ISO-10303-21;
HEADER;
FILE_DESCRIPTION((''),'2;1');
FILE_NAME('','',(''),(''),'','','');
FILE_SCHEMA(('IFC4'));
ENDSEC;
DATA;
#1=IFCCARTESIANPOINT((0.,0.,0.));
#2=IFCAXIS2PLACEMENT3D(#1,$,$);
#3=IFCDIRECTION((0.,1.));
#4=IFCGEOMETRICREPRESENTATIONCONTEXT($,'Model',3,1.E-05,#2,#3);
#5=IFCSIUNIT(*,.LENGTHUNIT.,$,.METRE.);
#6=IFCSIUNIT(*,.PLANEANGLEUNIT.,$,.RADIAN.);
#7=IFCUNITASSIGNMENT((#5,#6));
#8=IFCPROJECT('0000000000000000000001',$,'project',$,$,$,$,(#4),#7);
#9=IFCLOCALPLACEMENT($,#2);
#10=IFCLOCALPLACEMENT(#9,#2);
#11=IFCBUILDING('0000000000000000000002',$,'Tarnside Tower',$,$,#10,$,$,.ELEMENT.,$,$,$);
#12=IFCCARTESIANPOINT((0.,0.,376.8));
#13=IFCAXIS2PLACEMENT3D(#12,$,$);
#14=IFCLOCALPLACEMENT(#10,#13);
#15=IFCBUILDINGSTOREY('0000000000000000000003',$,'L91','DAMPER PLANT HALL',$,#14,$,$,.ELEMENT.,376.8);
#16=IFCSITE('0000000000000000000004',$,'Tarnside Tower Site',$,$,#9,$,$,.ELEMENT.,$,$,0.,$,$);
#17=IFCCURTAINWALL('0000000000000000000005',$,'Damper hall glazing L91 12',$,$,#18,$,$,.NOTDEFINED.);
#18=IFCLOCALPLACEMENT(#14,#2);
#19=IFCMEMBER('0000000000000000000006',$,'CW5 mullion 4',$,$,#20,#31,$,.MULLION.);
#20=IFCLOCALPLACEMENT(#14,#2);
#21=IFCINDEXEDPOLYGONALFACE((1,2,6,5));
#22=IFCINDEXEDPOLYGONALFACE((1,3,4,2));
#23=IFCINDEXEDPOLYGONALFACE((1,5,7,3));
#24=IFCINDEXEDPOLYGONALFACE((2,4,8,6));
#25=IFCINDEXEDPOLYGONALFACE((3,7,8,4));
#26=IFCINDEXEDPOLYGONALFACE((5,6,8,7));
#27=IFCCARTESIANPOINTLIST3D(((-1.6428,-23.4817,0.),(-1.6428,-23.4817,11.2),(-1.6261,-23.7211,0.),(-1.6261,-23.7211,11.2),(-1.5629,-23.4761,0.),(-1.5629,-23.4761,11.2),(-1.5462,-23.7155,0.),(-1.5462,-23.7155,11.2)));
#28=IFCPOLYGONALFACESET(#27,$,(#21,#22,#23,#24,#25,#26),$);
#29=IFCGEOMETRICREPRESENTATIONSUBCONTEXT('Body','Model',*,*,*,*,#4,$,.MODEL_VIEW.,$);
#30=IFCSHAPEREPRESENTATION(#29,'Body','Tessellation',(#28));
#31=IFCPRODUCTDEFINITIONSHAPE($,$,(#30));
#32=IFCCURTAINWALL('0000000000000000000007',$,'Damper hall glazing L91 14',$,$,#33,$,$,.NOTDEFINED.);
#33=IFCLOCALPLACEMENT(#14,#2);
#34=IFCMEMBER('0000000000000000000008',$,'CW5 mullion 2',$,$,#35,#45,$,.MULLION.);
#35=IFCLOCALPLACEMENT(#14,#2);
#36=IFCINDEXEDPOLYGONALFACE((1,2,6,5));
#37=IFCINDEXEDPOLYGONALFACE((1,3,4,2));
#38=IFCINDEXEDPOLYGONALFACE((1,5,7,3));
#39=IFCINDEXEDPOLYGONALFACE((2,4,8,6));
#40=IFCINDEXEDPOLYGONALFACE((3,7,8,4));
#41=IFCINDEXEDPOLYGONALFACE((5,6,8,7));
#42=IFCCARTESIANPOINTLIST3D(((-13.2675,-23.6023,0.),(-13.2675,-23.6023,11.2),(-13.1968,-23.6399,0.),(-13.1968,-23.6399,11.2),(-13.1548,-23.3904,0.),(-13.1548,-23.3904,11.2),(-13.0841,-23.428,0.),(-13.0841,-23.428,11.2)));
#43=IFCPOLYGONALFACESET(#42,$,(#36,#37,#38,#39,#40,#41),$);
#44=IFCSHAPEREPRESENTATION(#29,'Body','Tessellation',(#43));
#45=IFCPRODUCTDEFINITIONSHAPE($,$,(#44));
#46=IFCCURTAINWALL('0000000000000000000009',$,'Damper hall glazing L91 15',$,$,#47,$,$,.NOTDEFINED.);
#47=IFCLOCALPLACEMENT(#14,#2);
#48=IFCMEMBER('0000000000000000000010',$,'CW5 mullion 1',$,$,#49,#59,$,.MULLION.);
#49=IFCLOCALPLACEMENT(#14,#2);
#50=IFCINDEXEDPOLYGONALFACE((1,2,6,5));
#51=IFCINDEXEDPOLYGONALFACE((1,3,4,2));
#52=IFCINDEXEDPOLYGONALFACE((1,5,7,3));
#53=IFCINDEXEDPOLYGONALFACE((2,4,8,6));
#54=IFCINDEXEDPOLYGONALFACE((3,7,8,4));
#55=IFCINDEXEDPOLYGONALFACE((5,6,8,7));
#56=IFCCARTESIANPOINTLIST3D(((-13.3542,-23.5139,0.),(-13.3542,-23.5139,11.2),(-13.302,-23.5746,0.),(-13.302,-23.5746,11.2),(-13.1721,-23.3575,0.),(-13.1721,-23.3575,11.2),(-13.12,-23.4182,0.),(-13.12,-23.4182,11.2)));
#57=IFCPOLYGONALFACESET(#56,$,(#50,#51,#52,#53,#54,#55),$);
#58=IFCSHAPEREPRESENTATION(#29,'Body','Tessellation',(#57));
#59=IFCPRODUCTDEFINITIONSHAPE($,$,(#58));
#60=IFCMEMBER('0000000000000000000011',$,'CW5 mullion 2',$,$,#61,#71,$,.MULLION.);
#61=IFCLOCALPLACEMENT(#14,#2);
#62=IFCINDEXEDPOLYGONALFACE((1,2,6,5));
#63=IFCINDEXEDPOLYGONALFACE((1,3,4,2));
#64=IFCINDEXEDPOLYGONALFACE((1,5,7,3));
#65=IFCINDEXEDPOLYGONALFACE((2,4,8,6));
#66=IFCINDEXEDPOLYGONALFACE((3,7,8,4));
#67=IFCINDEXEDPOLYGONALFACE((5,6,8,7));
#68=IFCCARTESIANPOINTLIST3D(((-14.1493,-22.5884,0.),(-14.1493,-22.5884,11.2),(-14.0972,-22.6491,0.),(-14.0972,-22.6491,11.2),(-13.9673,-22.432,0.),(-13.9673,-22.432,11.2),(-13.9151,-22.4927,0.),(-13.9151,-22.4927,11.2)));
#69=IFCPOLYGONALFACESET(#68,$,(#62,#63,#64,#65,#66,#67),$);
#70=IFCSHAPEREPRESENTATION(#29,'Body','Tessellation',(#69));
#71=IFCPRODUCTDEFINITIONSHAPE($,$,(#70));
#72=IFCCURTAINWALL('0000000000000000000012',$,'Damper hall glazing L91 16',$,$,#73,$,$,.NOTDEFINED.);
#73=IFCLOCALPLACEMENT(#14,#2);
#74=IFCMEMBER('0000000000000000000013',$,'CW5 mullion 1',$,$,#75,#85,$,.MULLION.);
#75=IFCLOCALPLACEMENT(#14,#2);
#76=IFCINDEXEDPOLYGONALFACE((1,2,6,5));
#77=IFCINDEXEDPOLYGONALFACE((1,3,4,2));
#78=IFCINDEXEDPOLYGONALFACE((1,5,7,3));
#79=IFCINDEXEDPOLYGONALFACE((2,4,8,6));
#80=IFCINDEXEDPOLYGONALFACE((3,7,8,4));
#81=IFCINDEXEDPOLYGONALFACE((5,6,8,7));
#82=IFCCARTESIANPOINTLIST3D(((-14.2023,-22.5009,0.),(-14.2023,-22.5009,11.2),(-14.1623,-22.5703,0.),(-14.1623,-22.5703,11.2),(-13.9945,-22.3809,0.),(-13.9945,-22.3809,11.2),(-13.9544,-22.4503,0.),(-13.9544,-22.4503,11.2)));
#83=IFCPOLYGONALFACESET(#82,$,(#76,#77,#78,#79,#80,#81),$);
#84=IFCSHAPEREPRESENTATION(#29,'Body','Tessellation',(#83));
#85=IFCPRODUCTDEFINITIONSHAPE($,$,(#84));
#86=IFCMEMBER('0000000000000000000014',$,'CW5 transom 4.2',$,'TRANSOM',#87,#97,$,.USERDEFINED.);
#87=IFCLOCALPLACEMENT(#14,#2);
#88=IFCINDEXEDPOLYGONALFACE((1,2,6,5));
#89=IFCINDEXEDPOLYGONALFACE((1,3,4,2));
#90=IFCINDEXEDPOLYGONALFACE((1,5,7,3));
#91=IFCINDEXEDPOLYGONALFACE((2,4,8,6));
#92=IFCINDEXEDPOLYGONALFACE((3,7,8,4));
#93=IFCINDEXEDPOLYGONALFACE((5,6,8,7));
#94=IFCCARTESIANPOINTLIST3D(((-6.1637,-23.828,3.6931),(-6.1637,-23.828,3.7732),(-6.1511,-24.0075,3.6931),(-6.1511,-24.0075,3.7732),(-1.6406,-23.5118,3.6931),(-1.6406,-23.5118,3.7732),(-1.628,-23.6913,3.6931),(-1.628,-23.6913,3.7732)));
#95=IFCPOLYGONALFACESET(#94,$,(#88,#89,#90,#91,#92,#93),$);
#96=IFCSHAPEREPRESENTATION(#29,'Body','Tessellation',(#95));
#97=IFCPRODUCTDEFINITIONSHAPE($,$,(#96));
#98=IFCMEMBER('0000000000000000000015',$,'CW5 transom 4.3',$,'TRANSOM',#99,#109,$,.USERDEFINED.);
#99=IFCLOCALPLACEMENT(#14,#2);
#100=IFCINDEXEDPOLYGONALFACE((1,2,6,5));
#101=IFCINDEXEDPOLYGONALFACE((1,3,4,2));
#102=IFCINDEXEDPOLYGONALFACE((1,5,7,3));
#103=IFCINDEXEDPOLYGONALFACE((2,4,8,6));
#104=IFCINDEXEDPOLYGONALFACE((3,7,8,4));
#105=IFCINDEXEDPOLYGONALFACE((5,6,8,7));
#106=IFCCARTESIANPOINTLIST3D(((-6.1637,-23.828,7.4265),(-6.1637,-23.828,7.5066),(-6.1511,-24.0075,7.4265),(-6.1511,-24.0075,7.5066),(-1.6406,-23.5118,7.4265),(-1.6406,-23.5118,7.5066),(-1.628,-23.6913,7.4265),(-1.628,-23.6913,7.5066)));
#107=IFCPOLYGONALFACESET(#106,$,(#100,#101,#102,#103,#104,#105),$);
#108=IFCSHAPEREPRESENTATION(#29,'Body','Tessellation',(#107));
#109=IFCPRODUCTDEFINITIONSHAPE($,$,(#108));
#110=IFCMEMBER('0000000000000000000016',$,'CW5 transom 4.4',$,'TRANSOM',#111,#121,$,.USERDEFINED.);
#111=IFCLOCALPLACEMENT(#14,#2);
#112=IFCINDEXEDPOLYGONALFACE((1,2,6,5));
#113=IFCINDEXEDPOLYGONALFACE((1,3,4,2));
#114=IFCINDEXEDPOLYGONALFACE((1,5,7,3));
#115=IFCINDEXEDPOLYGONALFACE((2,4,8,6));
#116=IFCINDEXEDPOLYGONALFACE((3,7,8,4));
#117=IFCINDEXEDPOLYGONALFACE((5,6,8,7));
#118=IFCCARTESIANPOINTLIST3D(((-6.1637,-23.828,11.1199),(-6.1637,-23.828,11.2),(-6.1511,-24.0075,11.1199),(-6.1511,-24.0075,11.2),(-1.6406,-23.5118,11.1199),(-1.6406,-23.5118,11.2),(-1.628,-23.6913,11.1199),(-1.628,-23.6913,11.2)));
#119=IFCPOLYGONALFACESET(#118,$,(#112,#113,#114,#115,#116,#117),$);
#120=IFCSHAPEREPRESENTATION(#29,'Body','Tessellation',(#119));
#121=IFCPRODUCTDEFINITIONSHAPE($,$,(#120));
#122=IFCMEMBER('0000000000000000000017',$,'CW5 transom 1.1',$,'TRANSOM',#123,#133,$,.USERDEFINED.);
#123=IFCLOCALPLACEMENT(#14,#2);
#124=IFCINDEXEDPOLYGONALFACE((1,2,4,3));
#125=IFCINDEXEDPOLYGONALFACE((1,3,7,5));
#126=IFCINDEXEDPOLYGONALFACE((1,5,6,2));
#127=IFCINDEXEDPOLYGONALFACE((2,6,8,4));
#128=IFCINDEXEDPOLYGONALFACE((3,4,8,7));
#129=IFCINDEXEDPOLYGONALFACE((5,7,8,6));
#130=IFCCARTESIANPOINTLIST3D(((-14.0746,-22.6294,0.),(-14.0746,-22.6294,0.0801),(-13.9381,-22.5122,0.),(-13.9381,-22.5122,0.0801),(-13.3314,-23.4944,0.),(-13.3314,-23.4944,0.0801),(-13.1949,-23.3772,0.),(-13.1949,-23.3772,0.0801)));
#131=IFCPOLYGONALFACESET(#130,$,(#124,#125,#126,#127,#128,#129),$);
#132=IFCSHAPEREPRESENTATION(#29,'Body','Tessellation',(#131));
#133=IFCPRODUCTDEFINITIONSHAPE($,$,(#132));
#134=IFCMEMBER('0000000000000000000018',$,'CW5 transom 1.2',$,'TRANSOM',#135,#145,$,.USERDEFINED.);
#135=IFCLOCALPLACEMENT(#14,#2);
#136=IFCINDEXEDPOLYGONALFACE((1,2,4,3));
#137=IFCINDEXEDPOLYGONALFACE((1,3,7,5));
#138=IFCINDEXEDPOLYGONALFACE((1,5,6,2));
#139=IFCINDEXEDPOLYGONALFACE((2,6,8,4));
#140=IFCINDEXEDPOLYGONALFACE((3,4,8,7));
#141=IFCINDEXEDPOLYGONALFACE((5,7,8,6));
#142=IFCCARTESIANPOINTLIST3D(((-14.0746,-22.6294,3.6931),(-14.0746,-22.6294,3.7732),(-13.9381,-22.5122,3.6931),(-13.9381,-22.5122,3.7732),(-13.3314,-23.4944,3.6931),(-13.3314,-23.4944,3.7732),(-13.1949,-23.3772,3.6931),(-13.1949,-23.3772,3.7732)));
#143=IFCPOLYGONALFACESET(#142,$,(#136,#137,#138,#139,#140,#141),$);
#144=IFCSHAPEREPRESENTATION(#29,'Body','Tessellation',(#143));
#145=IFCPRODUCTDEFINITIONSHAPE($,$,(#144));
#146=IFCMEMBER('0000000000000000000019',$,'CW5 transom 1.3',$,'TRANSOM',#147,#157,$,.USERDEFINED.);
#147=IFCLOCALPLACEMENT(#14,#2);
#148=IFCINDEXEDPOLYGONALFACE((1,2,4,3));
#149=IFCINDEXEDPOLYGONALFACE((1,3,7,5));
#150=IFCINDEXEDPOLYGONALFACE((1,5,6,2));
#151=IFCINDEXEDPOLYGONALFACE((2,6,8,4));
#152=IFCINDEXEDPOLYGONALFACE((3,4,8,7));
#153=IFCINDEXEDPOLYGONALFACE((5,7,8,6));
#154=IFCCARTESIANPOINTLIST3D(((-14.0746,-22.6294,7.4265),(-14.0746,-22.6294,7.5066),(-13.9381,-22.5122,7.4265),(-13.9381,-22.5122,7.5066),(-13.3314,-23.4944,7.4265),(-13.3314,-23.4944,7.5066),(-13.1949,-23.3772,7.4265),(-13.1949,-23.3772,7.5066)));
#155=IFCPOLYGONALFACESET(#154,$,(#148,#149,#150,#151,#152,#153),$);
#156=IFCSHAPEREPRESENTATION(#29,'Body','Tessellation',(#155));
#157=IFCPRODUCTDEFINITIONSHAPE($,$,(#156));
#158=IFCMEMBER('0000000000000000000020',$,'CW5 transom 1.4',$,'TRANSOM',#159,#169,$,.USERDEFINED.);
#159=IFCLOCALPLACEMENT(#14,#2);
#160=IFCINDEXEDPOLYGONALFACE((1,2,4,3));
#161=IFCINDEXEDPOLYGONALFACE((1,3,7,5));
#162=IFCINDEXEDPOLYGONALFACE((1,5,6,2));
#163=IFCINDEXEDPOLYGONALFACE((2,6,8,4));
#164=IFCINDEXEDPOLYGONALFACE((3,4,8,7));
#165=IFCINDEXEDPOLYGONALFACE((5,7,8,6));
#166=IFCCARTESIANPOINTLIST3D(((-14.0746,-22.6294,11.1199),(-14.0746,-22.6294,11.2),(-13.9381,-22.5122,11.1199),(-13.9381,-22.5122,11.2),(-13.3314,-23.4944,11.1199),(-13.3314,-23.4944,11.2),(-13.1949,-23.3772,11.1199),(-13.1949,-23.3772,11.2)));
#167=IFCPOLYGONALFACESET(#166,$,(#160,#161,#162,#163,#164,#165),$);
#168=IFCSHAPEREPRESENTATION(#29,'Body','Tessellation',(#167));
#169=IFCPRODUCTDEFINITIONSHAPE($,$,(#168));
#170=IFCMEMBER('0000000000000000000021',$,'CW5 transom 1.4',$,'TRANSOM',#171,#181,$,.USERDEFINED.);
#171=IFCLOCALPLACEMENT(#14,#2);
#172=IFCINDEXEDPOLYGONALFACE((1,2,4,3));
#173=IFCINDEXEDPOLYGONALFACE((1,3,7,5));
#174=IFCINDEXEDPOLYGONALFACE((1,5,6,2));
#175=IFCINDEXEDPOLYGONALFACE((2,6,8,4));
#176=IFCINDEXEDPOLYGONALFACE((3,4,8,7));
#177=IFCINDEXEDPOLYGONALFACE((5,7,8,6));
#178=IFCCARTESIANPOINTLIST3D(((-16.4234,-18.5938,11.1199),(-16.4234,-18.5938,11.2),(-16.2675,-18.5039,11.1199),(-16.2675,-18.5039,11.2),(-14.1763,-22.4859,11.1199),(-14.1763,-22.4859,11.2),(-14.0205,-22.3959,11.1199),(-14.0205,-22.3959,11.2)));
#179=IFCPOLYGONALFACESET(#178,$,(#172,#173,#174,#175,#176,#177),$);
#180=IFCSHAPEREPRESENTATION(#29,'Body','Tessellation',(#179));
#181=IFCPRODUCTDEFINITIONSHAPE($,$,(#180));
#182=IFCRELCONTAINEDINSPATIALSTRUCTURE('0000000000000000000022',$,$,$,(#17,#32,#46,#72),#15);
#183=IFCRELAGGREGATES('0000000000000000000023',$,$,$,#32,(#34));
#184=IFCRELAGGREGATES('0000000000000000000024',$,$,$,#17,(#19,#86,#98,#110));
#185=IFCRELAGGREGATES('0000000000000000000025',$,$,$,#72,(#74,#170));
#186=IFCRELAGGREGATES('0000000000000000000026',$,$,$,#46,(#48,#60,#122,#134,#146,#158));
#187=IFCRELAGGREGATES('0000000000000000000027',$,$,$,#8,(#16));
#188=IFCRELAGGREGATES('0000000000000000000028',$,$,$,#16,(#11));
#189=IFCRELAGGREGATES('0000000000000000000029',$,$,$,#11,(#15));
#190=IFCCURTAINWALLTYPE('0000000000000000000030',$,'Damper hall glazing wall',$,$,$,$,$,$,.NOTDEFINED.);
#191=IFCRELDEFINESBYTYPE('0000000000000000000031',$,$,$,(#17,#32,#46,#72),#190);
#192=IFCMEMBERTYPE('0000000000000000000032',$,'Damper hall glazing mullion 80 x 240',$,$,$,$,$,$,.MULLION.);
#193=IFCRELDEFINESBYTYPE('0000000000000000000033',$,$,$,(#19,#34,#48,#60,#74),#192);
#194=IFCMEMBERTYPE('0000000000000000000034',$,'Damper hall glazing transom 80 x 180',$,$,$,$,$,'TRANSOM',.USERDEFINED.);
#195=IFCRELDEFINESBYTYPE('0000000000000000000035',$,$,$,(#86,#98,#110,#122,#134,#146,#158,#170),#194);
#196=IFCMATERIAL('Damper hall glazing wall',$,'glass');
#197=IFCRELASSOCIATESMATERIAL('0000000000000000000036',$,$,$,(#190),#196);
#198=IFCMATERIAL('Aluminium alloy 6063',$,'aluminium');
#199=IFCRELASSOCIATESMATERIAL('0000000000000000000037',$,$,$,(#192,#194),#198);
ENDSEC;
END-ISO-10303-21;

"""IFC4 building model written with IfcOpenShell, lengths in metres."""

from ifc_helpers import new_model, si_unit, direction, frame, origin, origin_2d, place, context, subcontext, project, spatial, rectangle, extrude, material, material_profile, profile_set, type_object, element, aggregate, save


model = new_model("IFC4")

# Units and contexts
model_context = context("Model", 3, precision=1e-05, world=origin(), true_north=direction((0.0, 1.0)))
body_context = subcontext(model_context, "Body", "Model", "MODEL_VIEW")
ifc_project = project(units=[si_unit("LENGTHUNIT", "METRE"), si_unit("PLANEANGLEUNIT", "RADIAN")], contexts=[model_context])

# Site, building, storey
site_placement = place(None, origin())
site = spatial("IfcSite", under=ifc_project, at=site_placement, Name="Tarnside Tower Site", CompositionType="ELEMENT", RefElevation=0.0)
building_placement = place(site_placement, origin())
building = spatial("IfcBuilding", under=site, at=building_placement, Name="Tarnside Tower", CompositionType="ELEMENT")
storey_placement = place(building_placement, frame((0.0, 0.0, 376.8)))
storey = spatial("IfcBuildingStorey", under=building, at=storey_placement, Name="L91", Description="DAMPER PLANT HALL", CompositionType="ELEMENT", Elevation=376.8)

# Curtain walls, members
ifc_material_1 = material(Name="Damper hall glazing wall", Category="glass")
curtain_wall_type = type_object("IfcCurtainWallType", Name="Damper hall glazing wall", PredefinedType="NOTDEFINED", material=ifc_material_1)
curtain_wall_1_placement = place(storey_placement, origin())
curtain_wall_1 = element("IfcCurtainWall", 1, at=curtain_wall_1_placement, inside=storey, type_object=curtain_wall_type, Name="Damper hall glazing L91 12", PredefinedType="NOTDEFINED")
ifc_material_2 = material(Name="Aluminium alloy 6063", Category="aluminium")
ifc_material_profile_1 = material_profile(ifc_material_2, rectangle(XDim=0.24, YDim=0.0801, at=origin_2d()), Name="Damper hall glazing mullion 80 x 240")
ifc_profile_set_1 = profile_set([ifc_material_profile_1], Name="Aluminium alloy 6063")
member_type_1 = type_object("IfcMemberType", Name="Damper hall glazing mullion 80 x 240", PredefinedType="MULLION", material=ifc_profile_set_1)
member_1_placement = place(storey_placement, frame((-1.5945, -23.5986, 0.0), z_axis=(0.0, 0.0, 1.0), x_axis=(0.069756, -0.997564, 0.0)))
member_1 = element("IfcMember", 2, at=member_1_placement, type_object=member_type_1, Name="CW5 mullion 4", PredefinedType="MULLION", context=body_context, shape_type="SweptSolid", body=[
    extrude(rectangle(XDim=0.24, YDim=0.0801, at=origin_2d()), origin(), (0.0, 0.0, 1.0), 11.2),
])
curtain_wall_2_placement = place(storey_placement, origin())
curtain_wall_2 = element("IfcCurtainWall", 3, at=curtain_wall_2_placement, inside=storey, type_object=curtain_wall_type, Name="Damper hall glazing L91 14", PredefinedType="NOTDEFINED")
member_2_placement = place(storey_placement, frame((-13.1758, -23.5151, 0.0), z_axis=(0.0, 0.0, 1.0), x_axis=(-0.469472, -0.882948, 0.0)))
member_2 = element("IfcMember", 4, at=member_2_placement, type_object=member_type_1, Name="CW5 mullion 2", PredefinedType="MULLION", context=body_context, shape_type="SweptSolid", body=[
    extrude(rectangle(XDim=0.24, YDim=0.0801, at=origin_2d()), origin(), (0.0, 0.0, 1.0), 11.2),
])
aggregate(curtain_wall_2, [member_2])

# Curtain wall, members
curtain_wall_3_placement = place(storey_placement, origin())
curtain_wall_3 = element("IfcCurtainWall", 5, at=curtain_wall_3_placement, inside=storey, type_object=curtain_wall_type, Name="Damper hall glazing L91 15", PredefinedType="NOTDEFINED")
member_3_placement = place(storey_placement, frame((-13.2371, -23.4661, 0.0), z_axis=(0.0, 0.0, 1.0), x_axis=(-0.758514, -0.651657, 0.0)))
member_3 = element("IfcMember", 6, at=member_3_placement, type_object=member_type_1, Name="CW5 mullion 1", PredefinedType="MULLION", context=body_context, shape_type="SweptSolid", body=[
    extrude(rectangle(XDim=0.24, YDim=0.0801, at=origin_2d()), origin(), (0.0, 0.0, 1.0), 11.2),
])
member_4_placement = place(storey_placement, frame((-14.0322, -22.5405, 0.0), z_axis=(0.0, 0.0, 1.0), x_axis=(-0.758514, -0.651657, 0.0)))
member_4 = element("IfcMember", 7, at=member_4_placement, type_object=member_type_1, Name="CW5 mullion 2", PredefinedType="MULLION", context=body_context, shape_type="SweptSolid", body=[
    extrude(rectangle(XDim=0.24, YDim=0.0801, at=origin_2d()), origin(), (0.0, 0.0, 1.0), 11.2),
])

# Curtain wall, member
curtain_wall_4_placement = place(storey_placement, origin())
curtain_wall_4 = element("IfcCurtainWall", 8, at=curtain_wall_4_placement, inside=storey, type_object=curtain_wall_type, Name="Damper hall glazing L91 16", PredefinedType="NOTDEFINED")
member_5_placement = place(storey_placement, frame((-14.0784, -22.4756, 0.0), z_axis=(0.0, 0.0, 1.0), x_axis=(-0.866025, -0.5, 0.0)))
member_5 = element("IfcMember", 9, at=member_5_placement, type_object=member_type_1, Name="CW5 mullion 1", PredefinedType="MULLION", context=body_context, shape_type="SweptSolid", body=[
    extrude(rectangle(XDim=0.24, YDim=0.0801, at=origin_2d()), origin(), (0.0, 0.0, 1.0), 11.2),
])

# Members
ifc_material_profile_2 = material_profile(ifc_material_2, rectangle(XDim=0.1799, YDim=0.0801, at=origin_2d()), Name="Damper hall glazing transom 80 x 180")
ifc_profile_set_2 = profile_set([ifc_material_profile_2], Name="Aluminium alloy 6063")
member_type_2 = type_object("IfcMemberType", Name="Damper hall glazing transom 80 x 180", ElementType="TRANSOM", PredefinedType="USERDEFINED", material=ifc_profile_set_2)
member_6_placement = place(storey_placement, frame((-1.6343, -23.6016, 3.7332), z_axis=(-0.997566, -0.069728, 0.0), x_axis=(0.069728, -0.997566, 0.0)))
member_6 = element("IfcMember", 10, at=member_6_placement, type_object=member_type_2, Name="CW5 transom 4.2", ObjectType="TRANSOM", PredefinedType="USERDEFINED", context=body_context, shape_type="SweptSolid", body=[
    extrude(rectangle(XDim=0.1799, YDim=0.0801, at=origin_2d()), origin(), (0.0, 0.0, 1.0), 4.5342),
])
member_7_placement = place(storey_placement, frame((-1.6343, -23.6016, 7.4666), z_axis=(-0.997566, -0.069728, 0.0), x_axis=(0.069728, -0.997566, 0.0)))
member_7 = element("IfcMember", 11, at=member_7_placement, type_object=member_type_2, Name="CW5 transom 4.3", ObjectType="TRANSOM", PredefinedType="USERDEFINED", context=body_context, shape_type="SweptSolid", body=[
    extrude(rectangle(XDim=0.1799, YDim=0.0801, at=origin_2d()), origin(), (0.0, 0.0, 1.0), 4.5342),
])
member_8_placement = place(storey_placement, frame((-1.6343, -23.6016, 11.1599), z_axis=(-0.997566, -0.069728, 0.0), x_axis=(0.069728, -0.997566, 0.0)))
member_8 = element("IfcMember", 12, at=member_8_placement, type_object=member_type_2, Name="CW5 transom 4.4", ObjectType="TRANSOM", PredefinedType="USERDEFINED", context=body_context, shape_type="SweptSolid", body=[
    extrude(rectangle(XDim=0.1799, YDim=0.0801, at=origin_2d()), origin(), (0.0, 0.0, 1.0), 4.5342),
])
aggregate(curtain_wall_1, [member_1, member_6, member_7, member_8])
member_9_placement = place(storey_placement, frame((-13.2632, -23.4358, 0.04), z_axis=(-0.651672, 0.7585, 0.0), x_axis=(-0.7585, -0.651672, 0.0)))
member_9 = element("IfcMember", 13, at=member_9_placement, type_object=member_type_2, Name="CW5 transom 1.1", ObjectType="TRANSOM", PredefinedType="USERDEFINED", context=body_context, shape_type="SweptSolid", body=[
    extrude(rectangle(XDim=0.1799, YDim=0.0801, at=origin_2d()), origin(), (0.0, 0.0, 1.0), 1.1404),
])
member_10_placement = place(storey_placement, frame((-13.2632, -23.4358, 3.7332), z_axis=(-0.651672, 0.7585, 0.0), x_axis=(-0.7585, -0.651672, 0.0)))
member_10 = element("IfcMember", 14, at=member_10_placement, type_object=member_type_2, Name="CW5 transom 1.2", ObjectType="TRANSOM", PredefinedType="USERDEFINED", context=body_context, shape_type="SweptSolid", body=[
    extrude(rectangle(XDim=0.1799, YDim=0.0801, at=origin_2d()), origin(), (0.0, 0.0, 1.0), 1.1404),
])
member_11_placement = place(storey_placement, frame((-13.2632, -23.4358, 7.4666), z_axis=(-0.651672, 0.7585, 0.0), x_axis=(-0.7585, -0.651672, 0.0)))
member_11 = element("IfcMember", 15, at=member_11_placement, type_object=member_type_2, Name="CW5 transom 1.3", ObjectType="TRANSOM", PredefinedType="USERDEFINED", context=body_context, shape_type="SweptSolid", body=[
    extrude(rectangle(XDim=0.1799, YDim=0.0801, at=origin_2d()), origin(), (0.0, 0.0, 1.0), 1.1404),
])
member_12_placement = place(storey_placement, frame((-13.2632, -23.4358, 11.1599), z_axis=(-0.651672, 0.7585, 0.0), x_axis=(-0.7585, -0.651672, 0.0)))
member_12 = element("IfcMember", 16, at=member_12_placement, type_object=member_type_2, Name="CW5 transom 1.4", ObjectType="TRANSOM", PredefinedType="USERDEFINED", context=body_context, shape_type="SweptSolid", body=[
    extrude(rectangle(XDim=0.1799, YDim=0.0801, at=origin_2d()), origin(), (0.0, 0.0, 1.0), 1.1404),
])
member_13_placement = place(storey_placement, frame((-14.0984, -22.4409, 11.1599), z_axis=(-0.499995, 0.866028, 0.0), x_axis=(-0.866028, -0.499995, 0.0)))
member_13 = element("IfcMember", 17, at=member_13_placement, type_object=member_type_2, Name="CW5 transom 1.4", ObjectType="TRANSOM", PredefinedType="USERDEFINED", context=body_context, shape_type="SweptSolid", body=[
    extrude(rectangle(XDim=0.1799, YDim=0.0801, at=origin_2d()), origin(), (0.0, 0.0, 1.0), 4.4941),
])
aggregate(curtain_wall_4, [member_5, member_13])

aggregate(curtain_wall_3, [member_3, member_4, member_9, member_10, member_11, member_12])

save(model, "model.ifc")
